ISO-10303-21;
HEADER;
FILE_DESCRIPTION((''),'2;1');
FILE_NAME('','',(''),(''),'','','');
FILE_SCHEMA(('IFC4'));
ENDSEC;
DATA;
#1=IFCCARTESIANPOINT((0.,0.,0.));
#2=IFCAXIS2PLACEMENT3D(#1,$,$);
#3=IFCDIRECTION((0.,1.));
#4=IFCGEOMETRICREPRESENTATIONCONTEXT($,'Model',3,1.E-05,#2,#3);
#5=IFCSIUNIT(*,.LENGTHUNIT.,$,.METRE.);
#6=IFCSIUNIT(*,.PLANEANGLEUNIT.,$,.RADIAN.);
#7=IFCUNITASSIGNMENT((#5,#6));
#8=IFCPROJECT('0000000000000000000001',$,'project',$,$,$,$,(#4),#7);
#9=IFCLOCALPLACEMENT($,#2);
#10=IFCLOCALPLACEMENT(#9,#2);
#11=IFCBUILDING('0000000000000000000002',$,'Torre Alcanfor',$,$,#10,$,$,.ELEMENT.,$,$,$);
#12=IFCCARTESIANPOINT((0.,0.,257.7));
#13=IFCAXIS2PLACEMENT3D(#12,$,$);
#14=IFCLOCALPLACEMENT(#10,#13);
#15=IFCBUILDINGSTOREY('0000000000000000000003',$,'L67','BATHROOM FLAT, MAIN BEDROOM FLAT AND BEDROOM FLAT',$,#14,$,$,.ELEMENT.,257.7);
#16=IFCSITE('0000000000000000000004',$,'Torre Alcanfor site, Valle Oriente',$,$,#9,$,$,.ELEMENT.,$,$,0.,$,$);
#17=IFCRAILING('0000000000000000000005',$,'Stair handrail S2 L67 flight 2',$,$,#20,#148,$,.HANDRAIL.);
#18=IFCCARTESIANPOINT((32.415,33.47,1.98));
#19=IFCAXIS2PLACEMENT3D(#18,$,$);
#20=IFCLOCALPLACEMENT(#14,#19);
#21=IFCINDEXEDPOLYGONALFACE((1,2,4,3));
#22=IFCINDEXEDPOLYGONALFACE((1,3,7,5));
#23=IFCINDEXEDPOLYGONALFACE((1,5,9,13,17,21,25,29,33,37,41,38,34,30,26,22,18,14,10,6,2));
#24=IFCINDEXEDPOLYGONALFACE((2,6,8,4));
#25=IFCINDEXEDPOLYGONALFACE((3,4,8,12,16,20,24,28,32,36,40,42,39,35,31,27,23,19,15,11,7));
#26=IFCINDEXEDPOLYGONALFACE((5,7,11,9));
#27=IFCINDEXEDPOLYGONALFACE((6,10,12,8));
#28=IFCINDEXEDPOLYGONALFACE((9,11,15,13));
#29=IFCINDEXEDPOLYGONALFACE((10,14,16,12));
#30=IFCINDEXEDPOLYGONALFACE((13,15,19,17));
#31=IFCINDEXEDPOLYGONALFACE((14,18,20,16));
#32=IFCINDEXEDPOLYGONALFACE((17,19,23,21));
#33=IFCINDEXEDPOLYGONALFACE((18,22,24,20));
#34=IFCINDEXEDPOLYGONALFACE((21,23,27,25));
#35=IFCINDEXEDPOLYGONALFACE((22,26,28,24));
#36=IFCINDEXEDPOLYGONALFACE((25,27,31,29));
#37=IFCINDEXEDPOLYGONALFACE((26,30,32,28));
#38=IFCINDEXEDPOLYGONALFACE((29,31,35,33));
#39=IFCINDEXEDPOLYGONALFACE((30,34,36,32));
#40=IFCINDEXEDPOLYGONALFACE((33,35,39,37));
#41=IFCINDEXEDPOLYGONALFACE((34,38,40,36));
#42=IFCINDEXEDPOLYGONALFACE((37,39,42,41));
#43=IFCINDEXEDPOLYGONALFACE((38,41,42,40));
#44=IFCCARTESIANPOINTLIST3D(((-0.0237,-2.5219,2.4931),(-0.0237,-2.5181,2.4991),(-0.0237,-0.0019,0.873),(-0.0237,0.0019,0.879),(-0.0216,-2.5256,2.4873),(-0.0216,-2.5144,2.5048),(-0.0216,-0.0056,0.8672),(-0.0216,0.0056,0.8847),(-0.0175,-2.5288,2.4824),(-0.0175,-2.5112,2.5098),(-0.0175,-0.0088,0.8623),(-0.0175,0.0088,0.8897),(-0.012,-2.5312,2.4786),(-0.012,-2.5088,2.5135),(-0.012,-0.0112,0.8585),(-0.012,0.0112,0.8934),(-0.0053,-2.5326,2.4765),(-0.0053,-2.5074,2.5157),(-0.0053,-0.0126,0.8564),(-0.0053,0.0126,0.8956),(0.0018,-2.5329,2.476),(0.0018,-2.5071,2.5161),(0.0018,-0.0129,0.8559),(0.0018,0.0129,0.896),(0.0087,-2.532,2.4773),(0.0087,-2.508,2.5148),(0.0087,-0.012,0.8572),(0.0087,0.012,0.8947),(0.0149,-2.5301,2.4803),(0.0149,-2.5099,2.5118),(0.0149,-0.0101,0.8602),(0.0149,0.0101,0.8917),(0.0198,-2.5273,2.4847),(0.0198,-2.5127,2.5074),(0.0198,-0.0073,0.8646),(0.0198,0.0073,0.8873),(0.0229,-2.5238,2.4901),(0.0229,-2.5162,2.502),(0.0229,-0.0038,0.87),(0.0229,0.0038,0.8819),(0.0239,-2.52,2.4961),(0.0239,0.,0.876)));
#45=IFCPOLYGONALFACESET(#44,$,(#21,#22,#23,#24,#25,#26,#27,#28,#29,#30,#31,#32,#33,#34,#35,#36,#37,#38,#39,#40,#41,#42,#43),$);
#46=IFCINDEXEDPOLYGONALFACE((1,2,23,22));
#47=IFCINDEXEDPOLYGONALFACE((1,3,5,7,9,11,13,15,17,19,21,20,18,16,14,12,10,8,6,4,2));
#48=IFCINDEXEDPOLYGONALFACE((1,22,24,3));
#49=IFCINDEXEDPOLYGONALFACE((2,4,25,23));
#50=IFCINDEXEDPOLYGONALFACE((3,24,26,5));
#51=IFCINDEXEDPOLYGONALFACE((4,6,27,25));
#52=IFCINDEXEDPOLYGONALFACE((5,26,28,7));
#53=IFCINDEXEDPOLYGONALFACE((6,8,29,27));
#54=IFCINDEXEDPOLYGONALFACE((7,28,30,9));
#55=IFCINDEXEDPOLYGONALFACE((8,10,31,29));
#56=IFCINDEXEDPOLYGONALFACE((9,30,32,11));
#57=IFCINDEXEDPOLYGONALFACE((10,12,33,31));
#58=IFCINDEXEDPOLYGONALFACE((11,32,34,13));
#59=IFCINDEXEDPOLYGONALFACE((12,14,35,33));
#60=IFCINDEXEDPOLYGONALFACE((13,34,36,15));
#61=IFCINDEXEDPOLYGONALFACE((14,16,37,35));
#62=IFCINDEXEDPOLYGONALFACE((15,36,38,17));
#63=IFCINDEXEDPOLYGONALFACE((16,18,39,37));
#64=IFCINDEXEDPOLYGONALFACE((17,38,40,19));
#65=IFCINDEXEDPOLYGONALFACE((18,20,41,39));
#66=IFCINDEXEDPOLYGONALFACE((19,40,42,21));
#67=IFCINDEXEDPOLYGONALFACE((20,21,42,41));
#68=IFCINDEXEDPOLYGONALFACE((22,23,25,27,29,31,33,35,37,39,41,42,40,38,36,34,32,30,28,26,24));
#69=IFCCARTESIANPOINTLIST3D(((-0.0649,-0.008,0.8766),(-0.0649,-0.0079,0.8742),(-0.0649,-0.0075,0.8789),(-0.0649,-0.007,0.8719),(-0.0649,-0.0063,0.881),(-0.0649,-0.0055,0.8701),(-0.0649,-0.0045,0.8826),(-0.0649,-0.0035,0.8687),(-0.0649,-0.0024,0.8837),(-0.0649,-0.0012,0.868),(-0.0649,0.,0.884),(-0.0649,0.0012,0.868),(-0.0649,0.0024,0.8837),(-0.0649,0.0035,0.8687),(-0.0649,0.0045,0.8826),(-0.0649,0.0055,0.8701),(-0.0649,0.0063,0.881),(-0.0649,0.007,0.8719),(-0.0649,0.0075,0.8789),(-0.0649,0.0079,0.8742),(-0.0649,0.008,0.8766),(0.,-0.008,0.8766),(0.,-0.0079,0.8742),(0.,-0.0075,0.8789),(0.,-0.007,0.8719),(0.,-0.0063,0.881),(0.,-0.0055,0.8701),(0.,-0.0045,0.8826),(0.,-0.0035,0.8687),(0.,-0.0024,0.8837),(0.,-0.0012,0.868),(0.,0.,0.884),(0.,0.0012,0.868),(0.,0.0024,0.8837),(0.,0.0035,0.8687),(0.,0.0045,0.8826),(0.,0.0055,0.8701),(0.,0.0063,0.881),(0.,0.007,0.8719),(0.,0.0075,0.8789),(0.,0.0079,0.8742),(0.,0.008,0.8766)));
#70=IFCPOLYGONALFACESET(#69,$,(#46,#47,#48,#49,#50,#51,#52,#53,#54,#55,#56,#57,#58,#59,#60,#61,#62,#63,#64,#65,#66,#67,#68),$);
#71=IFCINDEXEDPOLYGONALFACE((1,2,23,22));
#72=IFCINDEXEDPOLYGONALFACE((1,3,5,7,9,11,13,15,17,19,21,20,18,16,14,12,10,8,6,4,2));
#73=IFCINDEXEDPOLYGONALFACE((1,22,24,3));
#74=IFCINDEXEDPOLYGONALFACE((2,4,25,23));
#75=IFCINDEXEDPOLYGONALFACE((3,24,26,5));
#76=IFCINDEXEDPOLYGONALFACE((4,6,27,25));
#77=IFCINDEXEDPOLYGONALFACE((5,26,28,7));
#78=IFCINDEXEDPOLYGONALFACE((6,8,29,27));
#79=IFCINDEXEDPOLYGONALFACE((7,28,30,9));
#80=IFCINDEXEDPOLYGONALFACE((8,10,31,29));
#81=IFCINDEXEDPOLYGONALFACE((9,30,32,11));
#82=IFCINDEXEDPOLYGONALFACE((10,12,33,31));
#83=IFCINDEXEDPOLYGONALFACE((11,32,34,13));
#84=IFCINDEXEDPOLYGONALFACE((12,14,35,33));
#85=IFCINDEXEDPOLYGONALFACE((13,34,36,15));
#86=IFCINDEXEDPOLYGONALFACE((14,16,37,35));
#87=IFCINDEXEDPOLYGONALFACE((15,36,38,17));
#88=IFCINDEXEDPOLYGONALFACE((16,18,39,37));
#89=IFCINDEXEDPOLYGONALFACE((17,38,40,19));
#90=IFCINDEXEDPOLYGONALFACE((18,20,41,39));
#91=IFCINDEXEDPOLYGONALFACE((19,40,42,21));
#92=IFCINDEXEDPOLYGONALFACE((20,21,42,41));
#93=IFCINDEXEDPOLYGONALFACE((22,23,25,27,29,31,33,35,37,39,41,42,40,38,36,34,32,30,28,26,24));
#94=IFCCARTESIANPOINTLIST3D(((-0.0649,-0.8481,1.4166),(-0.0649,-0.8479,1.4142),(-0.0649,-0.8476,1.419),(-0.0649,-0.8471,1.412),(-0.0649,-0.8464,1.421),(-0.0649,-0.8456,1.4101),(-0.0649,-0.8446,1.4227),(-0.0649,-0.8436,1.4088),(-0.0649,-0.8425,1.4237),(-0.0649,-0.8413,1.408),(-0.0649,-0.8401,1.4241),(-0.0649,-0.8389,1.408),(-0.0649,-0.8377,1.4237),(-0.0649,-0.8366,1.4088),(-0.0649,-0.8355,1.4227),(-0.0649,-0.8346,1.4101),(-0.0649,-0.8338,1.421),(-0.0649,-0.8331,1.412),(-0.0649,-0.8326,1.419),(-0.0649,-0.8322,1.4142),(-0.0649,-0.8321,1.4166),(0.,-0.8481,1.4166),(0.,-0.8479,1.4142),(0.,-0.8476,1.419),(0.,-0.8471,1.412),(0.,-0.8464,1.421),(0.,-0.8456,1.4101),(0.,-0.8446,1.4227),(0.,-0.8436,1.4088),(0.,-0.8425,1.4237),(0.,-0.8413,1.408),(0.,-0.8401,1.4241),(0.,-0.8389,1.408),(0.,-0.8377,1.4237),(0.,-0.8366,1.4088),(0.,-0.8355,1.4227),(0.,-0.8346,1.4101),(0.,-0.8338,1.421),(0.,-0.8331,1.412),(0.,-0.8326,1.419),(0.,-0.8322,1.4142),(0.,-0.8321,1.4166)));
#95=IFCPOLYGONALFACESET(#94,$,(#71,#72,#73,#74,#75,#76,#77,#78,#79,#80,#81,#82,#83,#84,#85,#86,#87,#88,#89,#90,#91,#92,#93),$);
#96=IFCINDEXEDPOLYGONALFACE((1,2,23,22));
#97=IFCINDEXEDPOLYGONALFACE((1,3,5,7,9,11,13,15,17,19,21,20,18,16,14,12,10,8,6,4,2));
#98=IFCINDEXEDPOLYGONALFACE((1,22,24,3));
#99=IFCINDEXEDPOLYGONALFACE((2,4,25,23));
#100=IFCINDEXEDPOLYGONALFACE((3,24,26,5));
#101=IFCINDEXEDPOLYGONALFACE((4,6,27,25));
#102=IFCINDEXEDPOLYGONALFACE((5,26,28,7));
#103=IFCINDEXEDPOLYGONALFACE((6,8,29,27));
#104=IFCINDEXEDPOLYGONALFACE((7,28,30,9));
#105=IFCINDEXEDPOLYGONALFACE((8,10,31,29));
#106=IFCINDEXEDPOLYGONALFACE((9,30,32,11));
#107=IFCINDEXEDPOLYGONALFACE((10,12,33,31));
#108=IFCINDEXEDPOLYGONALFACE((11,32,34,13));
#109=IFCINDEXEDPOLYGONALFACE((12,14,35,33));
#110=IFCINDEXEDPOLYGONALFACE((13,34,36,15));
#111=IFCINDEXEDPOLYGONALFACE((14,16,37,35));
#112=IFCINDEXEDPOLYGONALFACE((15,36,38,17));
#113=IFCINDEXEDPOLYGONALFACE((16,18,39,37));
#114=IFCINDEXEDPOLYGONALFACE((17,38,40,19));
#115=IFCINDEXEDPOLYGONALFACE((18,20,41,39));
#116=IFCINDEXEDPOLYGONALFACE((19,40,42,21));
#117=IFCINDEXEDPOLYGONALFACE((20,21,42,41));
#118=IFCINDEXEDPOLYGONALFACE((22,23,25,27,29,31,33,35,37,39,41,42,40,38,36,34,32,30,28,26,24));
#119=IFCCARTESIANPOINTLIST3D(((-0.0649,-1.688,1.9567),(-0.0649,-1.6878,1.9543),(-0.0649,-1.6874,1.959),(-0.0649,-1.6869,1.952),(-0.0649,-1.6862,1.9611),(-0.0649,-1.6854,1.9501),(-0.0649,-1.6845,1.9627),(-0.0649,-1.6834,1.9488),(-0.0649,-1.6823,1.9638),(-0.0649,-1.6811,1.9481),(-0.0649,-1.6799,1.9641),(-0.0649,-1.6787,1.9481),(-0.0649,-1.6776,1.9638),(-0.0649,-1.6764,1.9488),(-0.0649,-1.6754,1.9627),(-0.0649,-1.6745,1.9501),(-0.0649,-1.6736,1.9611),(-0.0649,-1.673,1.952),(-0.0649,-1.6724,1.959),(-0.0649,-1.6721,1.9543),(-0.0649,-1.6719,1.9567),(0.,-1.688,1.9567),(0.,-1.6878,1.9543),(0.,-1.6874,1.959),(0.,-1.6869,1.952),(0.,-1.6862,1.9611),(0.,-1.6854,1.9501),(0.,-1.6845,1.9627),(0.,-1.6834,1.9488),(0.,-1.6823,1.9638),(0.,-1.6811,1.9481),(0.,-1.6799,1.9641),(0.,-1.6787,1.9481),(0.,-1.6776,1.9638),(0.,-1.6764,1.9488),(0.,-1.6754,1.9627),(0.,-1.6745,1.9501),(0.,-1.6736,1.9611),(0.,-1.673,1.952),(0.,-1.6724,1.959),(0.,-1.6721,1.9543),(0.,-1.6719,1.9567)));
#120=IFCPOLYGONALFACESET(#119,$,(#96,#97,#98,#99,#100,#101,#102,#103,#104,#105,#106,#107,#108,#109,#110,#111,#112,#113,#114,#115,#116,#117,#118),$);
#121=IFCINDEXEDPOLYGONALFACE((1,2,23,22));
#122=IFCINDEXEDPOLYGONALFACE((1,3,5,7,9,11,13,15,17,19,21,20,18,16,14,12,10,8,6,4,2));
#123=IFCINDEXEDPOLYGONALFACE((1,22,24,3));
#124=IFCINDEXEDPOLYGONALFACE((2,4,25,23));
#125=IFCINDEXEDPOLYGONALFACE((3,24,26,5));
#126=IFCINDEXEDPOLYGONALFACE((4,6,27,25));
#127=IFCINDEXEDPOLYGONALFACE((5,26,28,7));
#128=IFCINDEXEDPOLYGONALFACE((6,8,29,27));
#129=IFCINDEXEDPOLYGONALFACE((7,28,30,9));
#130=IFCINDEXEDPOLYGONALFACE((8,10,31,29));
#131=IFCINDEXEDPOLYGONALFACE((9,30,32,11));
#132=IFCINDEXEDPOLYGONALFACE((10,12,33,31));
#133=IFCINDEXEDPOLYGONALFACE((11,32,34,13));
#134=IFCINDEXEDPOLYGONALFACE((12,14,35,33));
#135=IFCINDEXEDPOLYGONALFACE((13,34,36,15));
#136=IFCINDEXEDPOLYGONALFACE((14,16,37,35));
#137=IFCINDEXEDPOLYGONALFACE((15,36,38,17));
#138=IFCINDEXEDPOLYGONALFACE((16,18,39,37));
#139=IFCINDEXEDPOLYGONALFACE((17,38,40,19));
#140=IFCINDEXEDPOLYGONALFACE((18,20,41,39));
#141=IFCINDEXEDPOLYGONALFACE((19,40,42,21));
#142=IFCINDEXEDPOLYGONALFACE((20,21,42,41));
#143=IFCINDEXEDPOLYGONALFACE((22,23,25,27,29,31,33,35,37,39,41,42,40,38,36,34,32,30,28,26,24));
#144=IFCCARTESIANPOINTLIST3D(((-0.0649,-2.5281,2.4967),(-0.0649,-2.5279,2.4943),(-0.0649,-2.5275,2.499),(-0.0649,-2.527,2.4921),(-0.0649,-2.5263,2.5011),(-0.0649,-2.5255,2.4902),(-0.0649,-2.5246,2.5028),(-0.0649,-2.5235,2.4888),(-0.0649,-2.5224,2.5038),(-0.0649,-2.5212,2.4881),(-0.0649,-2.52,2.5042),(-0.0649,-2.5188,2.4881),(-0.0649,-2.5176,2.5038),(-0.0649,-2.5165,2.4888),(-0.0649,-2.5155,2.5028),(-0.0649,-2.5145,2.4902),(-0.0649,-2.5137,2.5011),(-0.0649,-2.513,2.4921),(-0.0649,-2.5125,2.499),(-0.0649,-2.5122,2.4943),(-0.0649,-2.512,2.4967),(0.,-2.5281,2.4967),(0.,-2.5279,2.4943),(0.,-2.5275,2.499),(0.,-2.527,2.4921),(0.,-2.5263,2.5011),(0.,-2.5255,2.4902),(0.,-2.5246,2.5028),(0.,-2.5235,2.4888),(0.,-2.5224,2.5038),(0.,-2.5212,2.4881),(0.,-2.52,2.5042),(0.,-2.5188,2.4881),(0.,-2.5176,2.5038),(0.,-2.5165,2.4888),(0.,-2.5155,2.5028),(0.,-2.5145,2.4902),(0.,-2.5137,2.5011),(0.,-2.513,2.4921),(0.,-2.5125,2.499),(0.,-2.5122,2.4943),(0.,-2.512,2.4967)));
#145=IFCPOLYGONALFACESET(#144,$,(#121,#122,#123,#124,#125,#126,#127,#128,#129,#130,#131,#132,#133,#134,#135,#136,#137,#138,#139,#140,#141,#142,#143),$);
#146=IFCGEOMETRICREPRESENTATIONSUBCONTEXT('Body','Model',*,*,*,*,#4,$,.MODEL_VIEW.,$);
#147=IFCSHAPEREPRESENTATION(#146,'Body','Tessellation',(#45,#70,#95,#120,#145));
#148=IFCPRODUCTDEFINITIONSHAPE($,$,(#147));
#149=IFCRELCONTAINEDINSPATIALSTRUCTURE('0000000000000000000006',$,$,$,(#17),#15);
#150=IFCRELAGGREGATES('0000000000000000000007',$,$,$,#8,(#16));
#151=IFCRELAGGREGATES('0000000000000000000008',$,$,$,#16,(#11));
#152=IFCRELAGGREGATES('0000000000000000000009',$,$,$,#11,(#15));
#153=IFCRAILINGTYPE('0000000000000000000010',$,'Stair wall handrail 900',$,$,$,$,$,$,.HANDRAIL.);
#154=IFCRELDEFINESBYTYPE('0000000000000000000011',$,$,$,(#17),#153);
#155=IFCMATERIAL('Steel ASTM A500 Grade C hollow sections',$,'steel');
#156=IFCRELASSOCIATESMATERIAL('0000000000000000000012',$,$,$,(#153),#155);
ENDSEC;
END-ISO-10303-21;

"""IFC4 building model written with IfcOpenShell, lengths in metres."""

from ifc_helpers import new_model, si_unit, direction, frame, origin, origin_2d, place, context, subcontext, project, spatial, circle, extrude, material, type_object, element, save


model = new_model("IFC4")

# Units and contexts
model_context = context("Model", 3, precision=1e-05, world=origin(), true_north=direction((0.0, 1.0)))
body_context = subcontext(model_context, "Body", "Model", "MODEL_VIEW")
ifc_project = project(units=[si_unit("LENGTHUNIT", "METRE"), si_unit("PLANEANGLEUNIT", "RADIAN")], contexts=[model_context])

# Site, building, storey
site_placement = place(None, origin())
site = spatial("IfcSite", under=ifc_project, at=site_placement, Name="Torre Alcanfor site, Valle Oriente", CompositionType="ELEMENT", RefElevation=0.0)
building_placement = place(site_placement, origin())
building = spatial("IfcBuilding", under=site, at=building_placement, Name="Torre Alcanfor", CompositionType="ELEMENT")
storey_placement = place(building_placement, frame((0.0, 0.0, 257.7)))
storey = spatial("IfcBuildingStorey", under=building, at=storey_placement, Name="L67", Description="BATHROOM FLAT, MAIN BEDROOM FLAT AND BEDROOM FLAT", CompositionType="ELEMENT", Elevation=257.7)

# Railing
ifc_material_1 = material(Name="Steel ASTM A500 Grade C hollow sections", Category="steel")
railing_type_1 = type_object("IfcRailingType", Name="Stair wall handrail 900", PredefinedType="HANDRAIL", material=ifc_material_1)
railing_1_placement = place(storey_placement, frame((32.415, 33.47, 1.98)))
element("IfcRailing", 1, at=railing_1_placement, inside=storey, type_object=railing_type_1, Name="Stair handrail S2 L67 flight 2", PredefinedType="HANDRAIL", context=body_context, shape_type="SweptSolid", body=[
    extrude(circle(Radius=0.0239, at=origin_2d()), frame((0.0, 0.0, 0.876), z_axis=(0.0, -0.841163, 0.540782), x_axis=(1.0, 0.0, 0.0)), (0.0, 0.0, 1.0), 2.9958),
    extrude(circle(Radius=0.0081, at=origin_2d()), frame((0.0, 0.0, 0.876), z_axis=(-1.0, 0.0, 0.0), x_axis=(0.0, 0.0, 1.0)), (0.0, 0.0, 1.0), 0.0649),
    extrude(circle(Radius=0.0081, at=origin_2d()), frame((0.0, -0.8401, 1.416), z_axis=(-1.0, 0.0, 0.0), x_axis=(0.0, 0.0, 1.0)), (0.0, 0.0, 1.0), 0.0649),
    extrude(circle(Radius=0.0081, at=origin_2d()), frame((0.0, -1.6799, 1.9561), z_axis=(-1.0, 0.0, 0.0), x_axis=(0.0, 0.0, 1.0)), (0.0, 0.0, 1.0), 0.0649),
    extrude(circle(Radius=0.0081, at=origin_2d()), frame((0.0, -2.52, 2.4961), z_axis=(-1.0, 0.0, 0.0), x_axis=(0.0, 0.0, 1.0)), (0.0, 0.0, 1.0), 0.0649),
])

save(model, "model.ifc")
